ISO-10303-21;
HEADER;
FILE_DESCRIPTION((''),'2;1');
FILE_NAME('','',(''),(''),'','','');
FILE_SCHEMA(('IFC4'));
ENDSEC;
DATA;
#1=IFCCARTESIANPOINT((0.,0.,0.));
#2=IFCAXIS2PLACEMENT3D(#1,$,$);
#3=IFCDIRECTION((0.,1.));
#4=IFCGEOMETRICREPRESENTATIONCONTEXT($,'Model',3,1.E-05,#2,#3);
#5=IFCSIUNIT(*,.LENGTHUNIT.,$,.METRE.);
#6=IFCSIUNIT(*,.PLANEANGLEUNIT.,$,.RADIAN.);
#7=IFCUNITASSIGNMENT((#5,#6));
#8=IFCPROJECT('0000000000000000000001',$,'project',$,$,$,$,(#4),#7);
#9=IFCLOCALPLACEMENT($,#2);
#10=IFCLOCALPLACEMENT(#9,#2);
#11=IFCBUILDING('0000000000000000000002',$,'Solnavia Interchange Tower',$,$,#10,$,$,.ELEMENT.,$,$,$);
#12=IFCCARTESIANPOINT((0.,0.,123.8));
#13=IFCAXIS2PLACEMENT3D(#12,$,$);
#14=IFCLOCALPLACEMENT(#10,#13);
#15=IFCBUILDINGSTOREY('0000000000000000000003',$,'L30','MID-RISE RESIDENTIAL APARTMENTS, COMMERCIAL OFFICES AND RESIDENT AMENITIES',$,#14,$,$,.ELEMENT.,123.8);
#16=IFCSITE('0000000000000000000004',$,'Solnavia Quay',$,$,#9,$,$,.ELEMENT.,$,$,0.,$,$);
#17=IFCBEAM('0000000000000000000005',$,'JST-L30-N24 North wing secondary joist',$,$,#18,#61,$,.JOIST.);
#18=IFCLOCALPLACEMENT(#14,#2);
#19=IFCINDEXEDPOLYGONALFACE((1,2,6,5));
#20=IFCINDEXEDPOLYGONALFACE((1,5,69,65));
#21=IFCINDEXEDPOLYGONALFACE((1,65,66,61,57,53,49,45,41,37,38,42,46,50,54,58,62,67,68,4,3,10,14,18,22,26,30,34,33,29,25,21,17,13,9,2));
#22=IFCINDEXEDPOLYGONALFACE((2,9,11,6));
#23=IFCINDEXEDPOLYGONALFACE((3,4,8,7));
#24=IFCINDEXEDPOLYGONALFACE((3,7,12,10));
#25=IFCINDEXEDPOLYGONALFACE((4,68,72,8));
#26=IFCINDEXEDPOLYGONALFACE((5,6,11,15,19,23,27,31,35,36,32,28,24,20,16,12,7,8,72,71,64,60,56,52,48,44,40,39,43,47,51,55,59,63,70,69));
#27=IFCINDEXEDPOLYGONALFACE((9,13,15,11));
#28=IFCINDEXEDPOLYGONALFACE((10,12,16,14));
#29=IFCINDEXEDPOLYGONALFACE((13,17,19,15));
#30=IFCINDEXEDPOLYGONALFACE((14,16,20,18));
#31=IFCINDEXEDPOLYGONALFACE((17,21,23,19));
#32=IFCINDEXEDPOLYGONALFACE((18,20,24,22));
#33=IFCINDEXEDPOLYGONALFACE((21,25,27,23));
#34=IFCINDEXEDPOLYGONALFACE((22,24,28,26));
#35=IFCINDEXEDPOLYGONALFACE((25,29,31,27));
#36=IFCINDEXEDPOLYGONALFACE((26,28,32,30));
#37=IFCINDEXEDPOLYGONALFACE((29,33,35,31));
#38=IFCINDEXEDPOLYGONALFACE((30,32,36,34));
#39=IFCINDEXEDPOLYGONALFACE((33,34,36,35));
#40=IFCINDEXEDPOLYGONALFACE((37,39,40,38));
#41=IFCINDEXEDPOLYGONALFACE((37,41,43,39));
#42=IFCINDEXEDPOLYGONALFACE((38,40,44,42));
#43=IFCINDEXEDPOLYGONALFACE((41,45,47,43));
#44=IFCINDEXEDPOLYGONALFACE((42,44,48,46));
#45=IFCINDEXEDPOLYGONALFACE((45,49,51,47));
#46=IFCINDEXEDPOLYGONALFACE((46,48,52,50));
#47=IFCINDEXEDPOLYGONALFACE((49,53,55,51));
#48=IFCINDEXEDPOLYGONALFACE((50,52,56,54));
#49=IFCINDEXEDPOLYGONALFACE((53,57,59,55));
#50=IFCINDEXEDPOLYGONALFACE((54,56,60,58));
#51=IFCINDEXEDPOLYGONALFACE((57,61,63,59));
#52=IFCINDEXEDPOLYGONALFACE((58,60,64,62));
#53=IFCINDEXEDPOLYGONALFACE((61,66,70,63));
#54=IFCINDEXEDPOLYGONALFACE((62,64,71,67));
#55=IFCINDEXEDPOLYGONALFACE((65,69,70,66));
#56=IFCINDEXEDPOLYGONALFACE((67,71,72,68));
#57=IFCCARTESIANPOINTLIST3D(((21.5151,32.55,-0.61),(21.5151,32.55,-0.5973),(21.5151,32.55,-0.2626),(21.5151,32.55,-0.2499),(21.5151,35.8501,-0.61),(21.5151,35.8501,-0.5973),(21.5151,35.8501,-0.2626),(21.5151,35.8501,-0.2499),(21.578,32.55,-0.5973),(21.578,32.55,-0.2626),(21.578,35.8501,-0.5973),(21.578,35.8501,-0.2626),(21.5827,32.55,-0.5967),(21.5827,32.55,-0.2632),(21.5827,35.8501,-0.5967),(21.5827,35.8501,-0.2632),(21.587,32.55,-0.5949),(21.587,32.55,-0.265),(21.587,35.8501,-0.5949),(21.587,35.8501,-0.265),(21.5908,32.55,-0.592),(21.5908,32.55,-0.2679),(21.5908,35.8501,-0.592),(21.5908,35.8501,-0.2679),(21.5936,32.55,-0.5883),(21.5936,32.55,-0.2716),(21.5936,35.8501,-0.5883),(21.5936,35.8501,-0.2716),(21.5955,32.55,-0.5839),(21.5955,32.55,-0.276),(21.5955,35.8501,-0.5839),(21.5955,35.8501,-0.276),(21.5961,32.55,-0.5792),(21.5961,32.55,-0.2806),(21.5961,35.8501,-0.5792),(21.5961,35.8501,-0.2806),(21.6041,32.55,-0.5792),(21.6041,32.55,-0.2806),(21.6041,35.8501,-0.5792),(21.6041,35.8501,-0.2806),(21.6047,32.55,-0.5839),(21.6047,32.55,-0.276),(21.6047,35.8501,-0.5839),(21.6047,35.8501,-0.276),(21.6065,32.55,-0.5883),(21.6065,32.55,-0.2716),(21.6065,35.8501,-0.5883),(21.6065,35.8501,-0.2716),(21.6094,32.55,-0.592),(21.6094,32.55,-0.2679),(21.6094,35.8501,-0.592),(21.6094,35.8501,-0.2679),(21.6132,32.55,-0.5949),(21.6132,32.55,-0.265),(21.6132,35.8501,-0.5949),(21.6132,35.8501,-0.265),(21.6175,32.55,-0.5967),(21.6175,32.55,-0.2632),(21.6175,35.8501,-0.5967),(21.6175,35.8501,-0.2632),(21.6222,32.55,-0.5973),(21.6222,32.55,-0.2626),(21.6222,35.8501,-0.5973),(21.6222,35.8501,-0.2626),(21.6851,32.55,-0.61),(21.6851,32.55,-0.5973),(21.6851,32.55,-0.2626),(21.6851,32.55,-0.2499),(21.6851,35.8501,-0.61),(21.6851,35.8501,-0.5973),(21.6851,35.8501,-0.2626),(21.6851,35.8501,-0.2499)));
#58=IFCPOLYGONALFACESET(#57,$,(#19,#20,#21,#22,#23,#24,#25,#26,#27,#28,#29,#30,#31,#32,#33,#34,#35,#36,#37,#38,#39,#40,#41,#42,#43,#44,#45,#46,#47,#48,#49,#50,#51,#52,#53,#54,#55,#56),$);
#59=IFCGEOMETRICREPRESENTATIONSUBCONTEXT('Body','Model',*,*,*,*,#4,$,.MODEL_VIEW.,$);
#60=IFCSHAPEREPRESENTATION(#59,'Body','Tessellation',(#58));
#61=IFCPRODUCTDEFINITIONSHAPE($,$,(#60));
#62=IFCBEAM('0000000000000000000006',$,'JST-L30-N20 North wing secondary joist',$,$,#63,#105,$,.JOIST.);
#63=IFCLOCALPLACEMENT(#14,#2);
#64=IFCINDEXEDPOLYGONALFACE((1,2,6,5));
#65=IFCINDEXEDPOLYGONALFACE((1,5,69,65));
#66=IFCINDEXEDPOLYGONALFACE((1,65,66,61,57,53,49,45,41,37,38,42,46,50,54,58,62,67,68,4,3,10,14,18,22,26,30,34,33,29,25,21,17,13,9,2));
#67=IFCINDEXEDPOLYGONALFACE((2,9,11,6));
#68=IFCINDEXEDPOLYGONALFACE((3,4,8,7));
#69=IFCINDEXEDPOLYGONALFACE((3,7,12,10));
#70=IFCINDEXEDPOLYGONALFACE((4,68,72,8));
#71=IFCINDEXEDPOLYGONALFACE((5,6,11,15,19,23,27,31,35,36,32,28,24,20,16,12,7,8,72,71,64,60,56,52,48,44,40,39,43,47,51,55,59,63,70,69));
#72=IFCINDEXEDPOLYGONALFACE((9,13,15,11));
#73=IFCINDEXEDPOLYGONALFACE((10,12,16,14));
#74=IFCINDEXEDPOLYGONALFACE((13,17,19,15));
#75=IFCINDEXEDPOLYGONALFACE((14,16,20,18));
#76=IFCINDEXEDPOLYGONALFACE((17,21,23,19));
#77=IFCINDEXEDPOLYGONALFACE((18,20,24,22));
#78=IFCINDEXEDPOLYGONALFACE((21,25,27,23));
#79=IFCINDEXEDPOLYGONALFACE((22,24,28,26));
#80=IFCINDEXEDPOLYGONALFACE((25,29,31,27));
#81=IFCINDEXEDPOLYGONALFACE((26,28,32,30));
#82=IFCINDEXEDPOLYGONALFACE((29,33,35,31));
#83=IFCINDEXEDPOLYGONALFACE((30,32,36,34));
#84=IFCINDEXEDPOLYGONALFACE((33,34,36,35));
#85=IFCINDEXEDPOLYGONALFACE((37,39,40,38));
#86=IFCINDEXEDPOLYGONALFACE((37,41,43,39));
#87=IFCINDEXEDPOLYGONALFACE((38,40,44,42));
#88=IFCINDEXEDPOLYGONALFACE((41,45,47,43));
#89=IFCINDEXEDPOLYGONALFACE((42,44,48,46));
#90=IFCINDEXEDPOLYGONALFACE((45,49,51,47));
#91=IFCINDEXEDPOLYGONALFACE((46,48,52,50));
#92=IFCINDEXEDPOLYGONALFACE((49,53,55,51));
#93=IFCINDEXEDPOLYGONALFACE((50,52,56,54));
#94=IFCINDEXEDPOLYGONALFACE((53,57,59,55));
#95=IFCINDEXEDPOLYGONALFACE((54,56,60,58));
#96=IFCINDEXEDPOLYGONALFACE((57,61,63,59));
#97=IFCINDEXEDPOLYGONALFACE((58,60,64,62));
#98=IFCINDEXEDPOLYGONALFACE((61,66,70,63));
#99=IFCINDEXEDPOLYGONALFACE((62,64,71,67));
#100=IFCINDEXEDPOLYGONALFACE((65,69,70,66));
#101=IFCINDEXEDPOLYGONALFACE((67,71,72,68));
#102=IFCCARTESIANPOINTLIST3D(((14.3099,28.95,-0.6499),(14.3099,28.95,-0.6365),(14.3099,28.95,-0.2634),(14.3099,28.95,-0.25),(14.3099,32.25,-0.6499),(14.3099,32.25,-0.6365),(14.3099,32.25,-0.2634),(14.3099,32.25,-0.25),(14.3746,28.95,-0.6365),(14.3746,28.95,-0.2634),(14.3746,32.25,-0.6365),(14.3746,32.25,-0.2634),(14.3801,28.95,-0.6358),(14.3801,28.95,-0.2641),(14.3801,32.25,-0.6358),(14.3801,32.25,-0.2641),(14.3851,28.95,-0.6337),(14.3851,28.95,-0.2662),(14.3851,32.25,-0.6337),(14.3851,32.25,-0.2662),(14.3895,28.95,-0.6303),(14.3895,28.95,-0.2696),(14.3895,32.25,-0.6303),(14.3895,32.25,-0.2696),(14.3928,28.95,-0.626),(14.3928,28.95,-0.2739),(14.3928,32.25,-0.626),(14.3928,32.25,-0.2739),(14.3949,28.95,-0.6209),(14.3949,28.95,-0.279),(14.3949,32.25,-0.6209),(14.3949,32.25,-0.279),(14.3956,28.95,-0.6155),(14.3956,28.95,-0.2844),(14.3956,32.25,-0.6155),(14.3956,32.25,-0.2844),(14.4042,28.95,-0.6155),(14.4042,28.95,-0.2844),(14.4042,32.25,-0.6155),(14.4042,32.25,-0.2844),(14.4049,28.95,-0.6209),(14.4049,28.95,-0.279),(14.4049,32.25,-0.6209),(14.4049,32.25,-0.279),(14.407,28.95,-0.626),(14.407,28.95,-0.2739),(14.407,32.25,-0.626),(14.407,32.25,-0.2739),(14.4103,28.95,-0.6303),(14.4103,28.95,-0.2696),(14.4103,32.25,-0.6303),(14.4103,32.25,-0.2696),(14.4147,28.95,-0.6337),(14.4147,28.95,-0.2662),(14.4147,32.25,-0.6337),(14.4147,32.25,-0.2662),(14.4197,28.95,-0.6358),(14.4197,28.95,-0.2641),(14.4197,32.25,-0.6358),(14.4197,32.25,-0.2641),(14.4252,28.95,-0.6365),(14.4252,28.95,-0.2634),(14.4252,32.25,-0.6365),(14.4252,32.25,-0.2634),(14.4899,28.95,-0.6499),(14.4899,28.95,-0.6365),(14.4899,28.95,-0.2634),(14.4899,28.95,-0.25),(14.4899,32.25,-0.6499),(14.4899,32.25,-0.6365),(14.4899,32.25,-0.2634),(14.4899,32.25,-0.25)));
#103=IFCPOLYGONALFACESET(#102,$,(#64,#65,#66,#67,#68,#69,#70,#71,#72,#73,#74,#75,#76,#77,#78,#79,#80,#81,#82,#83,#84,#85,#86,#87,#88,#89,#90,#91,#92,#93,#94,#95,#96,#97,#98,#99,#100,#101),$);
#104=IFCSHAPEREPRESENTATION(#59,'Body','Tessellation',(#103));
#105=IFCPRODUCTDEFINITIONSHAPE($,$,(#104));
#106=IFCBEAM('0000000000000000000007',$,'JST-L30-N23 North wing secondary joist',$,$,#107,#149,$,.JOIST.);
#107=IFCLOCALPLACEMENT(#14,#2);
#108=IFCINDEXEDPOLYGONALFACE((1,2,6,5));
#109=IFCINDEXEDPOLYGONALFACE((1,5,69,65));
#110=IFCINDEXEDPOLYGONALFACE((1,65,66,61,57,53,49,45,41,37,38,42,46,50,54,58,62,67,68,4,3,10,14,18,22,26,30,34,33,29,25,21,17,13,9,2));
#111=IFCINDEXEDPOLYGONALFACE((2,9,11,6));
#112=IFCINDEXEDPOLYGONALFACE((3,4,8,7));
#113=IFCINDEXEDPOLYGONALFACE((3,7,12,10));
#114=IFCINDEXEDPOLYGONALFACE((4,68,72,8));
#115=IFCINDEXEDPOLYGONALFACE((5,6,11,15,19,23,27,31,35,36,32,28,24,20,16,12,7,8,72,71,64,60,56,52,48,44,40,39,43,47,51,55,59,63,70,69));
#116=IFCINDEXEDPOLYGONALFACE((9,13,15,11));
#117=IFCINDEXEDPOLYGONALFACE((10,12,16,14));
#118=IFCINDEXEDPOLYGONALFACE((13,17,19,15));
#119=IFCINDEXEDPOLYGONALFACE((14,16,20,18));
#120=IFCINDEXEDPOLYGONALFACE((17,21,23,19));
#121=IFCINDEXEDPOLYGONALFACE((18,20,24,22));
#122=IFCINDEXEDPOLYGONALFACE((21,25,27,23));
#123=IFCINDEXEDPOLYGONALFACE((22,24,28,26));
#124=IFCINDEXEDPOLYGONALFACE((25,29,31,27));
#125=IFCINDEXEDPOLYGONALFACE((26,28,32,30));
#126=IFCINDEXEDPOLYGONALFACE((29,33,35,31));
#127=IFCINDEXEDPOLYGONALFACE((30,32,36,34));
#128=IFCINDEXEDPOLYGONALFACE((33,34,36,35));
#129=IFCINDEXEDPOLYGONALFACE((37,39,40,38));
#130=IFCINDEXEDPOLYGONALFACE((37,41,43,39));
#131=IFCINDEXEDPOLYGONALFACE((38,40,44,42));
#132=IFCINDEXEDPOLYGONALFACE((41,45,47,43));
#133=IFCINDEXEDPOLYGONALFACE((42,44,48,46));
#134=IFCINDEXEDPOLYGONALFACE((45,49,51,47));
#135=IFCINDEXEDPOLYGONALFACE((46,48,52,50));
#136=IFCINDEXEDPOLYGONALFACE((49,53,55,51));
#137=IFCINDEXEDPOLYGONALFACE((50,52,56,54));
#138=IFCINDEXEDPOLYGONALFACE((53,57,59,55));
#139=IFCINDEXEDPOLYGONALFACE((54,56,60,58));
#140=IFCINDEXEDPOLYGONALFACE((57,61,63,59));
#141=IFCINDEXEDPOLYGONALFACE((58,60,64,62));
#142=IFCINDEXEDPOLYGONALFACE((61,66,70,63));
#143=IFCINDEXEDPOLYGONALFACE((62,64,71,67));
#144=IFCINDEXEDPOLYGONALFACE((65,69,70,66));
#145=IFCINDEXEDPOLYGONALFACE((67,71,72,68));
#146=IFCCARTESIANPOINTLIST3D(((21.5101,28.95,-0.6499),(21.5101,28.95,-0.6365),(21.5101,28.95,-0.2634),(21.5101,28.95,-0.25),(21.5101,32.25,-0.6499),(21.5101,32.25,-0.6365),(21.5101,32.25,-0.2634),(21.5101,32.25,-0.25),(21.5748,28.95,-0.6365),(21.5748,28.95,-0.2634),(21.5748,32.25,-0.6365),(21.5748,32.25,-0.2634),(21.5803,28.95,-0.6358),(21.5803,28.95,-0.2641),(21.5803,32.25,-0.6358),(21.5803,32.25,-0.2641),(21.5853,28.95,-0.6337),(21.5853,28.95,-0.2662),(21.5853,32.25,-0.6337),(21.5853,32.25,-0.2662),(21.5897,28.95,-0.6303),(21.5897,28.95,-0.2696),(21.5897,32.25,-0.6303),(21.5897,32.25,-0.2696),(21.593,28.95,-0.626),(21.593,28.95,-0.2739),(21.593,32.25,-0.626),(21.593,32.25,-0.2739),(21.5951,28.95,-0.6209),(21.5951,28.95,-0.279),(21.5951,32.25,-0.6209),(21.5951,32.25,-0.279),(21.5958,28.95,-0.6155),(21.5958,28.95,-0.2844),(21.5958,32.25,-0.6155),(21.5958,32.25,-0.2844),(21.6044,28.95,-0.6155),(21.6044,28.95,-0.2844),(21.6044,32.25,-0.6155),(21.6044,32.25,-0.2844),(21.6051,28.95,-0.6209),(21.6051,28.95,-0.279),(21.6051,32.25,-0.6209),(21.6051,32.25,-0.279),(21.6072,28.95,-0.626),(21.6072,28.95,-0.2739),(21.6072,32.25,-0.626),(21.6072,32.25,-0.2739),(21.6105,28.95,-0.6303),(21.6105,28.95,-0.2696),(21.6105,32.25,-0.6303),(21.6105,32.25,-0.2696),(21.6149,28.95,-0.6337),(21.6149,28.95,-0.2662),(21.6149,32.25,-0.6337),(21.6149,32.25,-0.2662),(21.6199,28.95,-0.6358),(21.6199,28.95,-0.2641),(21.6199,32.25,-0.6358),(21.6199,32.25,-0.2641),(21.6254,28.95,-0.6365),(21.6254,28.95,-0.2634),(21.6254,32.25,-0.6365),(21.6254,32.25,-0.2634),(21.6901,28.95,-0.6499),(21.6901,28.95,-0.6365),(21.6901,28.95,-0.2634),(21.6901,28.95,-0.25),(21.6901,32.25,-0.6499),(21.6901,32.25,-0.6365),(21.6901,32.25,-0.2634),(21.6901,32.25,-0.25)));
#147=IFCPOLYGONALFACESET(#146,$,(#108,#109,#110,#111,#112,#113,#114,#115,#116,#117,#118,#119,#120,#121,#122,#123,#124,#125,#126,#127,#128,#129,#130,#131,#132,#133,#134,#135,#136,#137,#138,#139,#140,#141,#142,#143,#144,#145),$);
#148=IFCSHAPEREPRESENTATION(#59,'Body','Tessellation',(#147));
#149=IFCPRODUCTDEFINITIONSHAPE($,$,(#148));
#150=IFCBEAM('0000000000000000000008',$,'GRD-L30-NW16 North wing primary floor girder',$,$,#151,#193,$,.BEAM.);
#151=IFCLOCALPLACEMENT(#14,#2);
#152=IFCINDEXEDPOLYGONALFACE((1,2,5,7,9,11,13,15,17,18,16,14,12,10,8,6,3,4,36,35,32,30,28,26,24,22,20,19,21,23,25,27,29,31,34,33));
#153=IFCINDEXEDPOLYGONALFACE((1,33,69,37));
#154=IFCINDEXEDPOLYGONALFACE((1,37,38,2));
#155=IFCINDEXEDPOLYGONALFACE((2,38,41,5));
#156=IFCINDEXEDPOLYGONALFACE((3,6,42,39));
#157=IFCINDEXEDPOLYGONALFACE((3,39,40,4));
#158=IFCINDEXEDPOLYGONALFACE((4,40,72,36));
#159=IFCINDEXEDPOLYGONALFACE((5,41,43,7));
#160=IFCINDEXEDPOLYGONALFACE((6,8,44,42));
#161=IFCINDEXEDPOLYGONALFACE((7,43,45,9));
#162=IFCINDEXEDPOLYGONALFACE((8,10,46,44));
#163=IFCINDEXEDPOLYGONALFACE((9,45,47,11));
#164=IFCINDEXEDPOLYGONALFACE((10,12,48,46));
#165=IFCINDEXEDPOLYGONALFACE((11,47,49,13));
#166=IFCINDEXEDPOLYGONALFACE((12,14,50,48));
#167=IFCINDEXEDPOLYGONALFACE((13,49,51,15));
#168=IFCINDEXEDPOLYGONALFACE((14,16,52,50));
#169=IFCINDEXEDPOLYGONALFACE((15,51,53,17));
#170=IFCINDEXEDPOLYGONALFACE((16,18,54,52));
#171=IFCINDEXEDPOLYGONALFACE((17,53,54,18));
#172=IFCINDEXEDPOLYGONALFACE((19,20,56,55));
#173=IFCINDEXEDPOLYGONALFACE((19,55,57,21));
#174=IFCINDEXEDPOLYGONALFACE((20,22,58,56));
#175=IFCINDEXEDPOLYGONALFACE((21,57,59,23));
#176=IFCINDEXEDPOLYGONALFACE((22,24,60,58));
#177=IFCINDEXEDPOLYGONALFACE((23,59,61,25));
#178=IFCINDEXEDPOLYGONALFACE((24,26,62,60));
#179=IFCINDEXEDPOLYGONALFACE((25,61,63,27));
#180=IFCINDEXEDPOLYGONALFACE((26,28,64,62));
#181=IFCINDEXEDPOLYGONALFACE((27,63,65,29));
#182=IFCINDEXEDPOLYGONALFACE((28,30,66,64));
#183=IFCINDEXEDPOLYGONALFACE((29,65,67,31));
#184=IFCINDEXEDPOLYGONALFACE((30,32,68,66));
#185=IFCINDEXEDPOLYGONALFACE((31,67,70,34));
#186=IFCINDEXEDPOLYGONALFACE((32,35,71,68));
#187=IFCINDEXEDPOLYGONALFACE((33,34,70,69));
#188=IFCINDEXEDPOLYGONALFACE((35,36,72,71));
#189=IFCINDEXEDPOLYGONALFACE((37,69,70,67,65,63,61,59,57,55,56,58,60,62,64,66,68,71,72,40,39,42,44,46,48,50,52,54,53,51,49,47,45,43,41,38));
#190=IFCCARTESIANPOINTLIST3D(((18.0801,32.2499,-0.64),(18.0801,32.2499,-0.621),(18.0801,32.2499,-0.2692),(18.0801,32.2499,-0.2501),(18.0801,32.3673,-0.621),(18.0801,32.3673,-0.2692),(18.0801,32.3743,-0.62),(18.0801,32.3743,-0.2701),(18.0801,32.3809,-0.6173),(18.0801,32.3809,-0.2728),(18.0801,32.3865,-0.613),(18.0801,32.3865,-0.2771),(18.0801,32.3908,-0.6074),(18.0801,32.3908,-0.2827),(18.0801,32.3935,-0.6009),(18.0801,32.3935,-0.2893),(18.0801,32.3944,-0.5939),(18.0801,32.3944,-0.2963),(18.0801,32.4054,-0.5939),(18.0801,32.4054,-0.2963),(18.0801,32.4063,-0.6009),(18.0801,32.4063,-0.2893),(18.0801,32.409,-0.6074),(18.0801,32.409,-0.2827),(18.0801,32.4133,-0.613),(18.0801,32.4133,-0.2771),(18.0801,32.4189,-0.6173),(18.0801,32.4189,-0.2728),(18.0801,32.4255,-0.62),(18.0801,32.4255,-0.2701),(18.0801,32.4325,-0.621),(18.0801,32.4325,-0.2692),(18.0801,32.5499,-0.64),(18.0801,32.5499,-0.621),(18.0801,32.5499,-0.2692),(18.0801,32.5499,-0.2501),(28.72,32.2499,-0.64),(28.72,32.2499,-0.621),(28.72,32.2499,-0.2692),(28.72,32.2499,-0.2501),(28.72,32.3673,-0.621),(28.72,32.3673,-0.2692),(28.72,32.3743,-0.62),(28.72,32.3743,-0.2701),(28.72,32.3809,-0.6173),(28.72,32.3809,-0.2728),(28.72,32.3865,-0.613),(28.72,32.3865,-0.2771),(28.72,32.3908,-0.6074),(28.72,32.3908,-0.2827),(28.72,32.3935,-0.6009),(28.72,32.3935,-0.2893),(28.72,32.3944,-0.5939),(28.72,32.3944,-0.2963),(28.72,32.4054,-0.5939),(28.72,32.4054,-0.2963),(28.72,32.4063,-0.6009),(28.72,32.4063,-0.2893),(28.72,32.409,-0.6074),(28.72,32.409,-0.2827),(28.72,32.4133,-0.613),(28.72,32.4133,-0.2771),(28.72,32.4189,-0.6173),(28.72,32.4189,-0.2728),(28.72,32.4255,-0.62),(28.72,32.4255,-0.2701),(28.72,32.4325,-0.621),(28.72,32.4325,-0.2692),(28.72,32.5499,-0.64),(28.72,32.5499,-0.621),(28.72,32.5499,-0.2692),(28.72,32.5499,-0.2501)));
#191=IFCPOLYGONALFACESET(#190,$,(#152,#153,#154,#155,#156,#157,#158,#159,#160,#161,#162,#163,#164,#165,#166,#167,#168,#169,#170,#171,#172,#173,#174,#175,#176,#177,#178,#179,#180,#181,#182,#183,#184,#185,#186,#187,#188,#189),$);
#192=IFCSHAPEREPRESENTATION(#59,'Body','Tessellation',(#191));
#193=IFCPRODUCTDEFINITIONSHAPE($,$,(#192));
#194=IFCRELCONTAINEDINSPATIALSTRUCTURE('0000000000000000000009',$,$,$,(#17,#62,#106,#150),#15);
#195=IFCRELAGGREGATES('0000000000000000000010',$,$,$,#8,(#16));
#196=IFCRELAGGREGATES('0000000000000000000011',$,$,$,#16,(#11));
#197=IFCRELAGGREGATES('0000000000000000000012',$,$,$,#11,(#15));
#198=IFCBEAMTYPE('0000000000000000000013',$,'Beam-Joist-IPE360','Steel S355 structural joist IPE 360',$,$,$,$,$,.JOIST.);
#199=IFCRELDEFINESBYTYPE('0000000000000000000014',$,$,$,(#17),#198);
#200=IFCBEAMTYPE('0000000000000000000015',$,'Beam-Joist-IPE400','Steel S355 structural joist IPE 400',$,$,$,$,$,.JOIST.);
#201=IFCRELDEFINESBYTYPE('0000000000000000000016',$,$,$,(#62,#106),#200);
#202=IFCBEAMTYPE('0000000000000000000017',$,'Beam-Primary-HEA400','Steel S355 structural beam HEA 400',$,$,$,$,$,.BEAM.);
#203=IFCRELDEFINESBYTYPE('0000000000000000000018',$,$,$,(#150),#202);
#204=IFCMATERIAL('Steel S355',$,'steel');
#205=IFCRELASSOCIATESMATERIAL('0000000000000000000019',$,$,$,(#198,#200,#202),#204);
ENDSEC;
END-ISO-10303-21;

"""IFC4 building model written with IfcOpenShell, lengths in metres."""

from ifc_helpers import new_model, si_unit, direction, frame, origin, origin_2d, place, context, subcontext, project, spatial, i_section, extrude, material, material_profile, profile_set, type_object, element, save


model = new_model("IFC4")

# Units and contexts
model_context = context("Model", 3, precision=1e-05, world=origin(), true_north=direction((0.0, 1.0)))
body_context = subcontext(model_context, "Body", "Model", "MODEL_VIEW")
ifc_project = project(units=[si_unit("LENGTHUNIT", "METRE"), si_unit("PLANEANGLEUNIT", "RADIAN")], contexts=[model_context])

# Site, building, storey
site_placement = place(None, origin())
site = spatial("IfcSite", under=ifc_project, at=site_placement, Name="Solnavia Quay", CompositionType="ELEMENT", RefElevation=0.0)
building_placement = place(site_placement, origin())
building = spatial("IfcBuilding", under=site, at=building_placement, Name="Solnavia Interchange Tower", CompositionType="ELEMENT")
storey_placement = place(building_placement, frame((0.0, 0.0, 123.8)))
storey = spatial("IfcBuildingStorey", under=building, at=storey_placement, Name="L30", Description="MID-RISE RESIDENTIAL APARTMENTS, COMMERCIAL OFFICES AND RESIDENT AMENITIES", CompositionType="ELEMENT", Elevation=123.8)

# Shared definitions
ifc_material_1 = material(Name="Steel S355", Category="steel")

# Beams
ifc_material_profile_1 = material_profile(ifc_material_1, i_section(OverallWidth=0.1699, OverallDepth=0.3601, WebThickness=0.0081, FlangeThickness=0.0127, FilletRadius=0.0181, at=origin_2d()), Name="IPE 360")
ifc_profile_set_1 = profile_set([ifc_material_profile_1], Name="Steel S355")
beam_type_1 = type_object("IfcBeamType", Name="Beam-Joist-IPE360", Description="Steel S355 structural joist IPE 360", PredefinedType="JOIST", material=ifc_profile_set_1)
for number, where, z_axis, x_axis, name in (
    (1, (21.6001, 32.55, -0.4299), (0.0, 1.0, 0.0), (-1.0, 0.0, 0.0), "JST-L30-N24 North wing secondary joist"),
):
    element("IfcBeam", number, at=place(storey_placement, frame(where, z_axis=z_axis, x_axis=x_axis)), inside=storey, type_object=beam_type_1, Name=name, PredefinedType="JOIST", context=body_context, shape_type="SweptSolid", body=[
        extrude(i_section(OverallWidth=0.1699, OverallDepth=0.3601, WebThickness=0.0081, FlangeThickness=0.0127, FilletRadius=0.0181, at=origin_2d()), origin(), (0.0, 0.0, 1.0), 3.3),
    ])
ifc_material_profile_2 = material_profile(ifc_material_1, i_section(OverallWidth=0.1799, OverallDepth=0.3999, WebThickness=0.0085, FlangeThickness=0.0134, FilletRadius=0.021, at=origin_2d()), Name="IPE 400")
ifc_profile_set_2 = profile_set([ifc_material_profile_2], Name="Steel S355")
beam_type_2 = type_object("IfcBeamType", Name="Beam-Joist-IPE400", Description="Steel S355 structural joist IPE 400", PredefinedType="JOIST", material=ifc_profile_set_2)
for number, where, z_axis, x_axis, name in (
    (2, (14.3999, 28.95, -0.45), (0.0, 1.0, 0.0), (-1.0, 0.0, 0.0), "JST-L30-N20 North wing secondary joist"),
    (3, (21.6001, 28.95, -0.45), (0.0, 1.0, 0.0), (-1.0, 0.0, 0.0), "JST-L30-N23 North wing secondary joist"),
):
    element("IfcBeam", number, at=place(storey_placement, frame(where, z_axis=z_axis, x_axis=x_axis)), inside=storey, type_object=beam_type_2, Name=name, PredefinedType="JOIST", context=body_context, shape_type="SweptSolid", body=[
        extrude(i_section(OverallWidth=0.1799, OverallDepth=0.3999, WebThickness=0.0085, FlangeThickness=0.0134, FilletRadius=0.021, at=origin_2d()), origin(), (0.0, 0.0, 1.0), 3.3),
    ])
ifc_material_profile_3 = material_profile(ifc_material_1, i_section(OverallWidth=0.3, OverallDepth=0.3899, WebThickness=0.011, FlangeThickness=0.019, FilletRadius=0.0271, at=origin_2d()), Name="HEA 400")
ifc_profile_set_3 = profile_set([ifc_material_profile_3], Name="Steel S355")
beam_type_3 = type_object("IfcBeamType", Name="Beam-Primary-HEA400", Description="Steel S355 structural beam HEA 400", PredefinedType="BEAM", material=ifc_profile_set_3)
beam_placement = place(storey_placement, frame((18.0801, 32.3999, -0.4451), z_axis=(1.0, 0.0, 0.0), x_axis=(0.0, 1.0, 0.0)))
element("IfcBeam", 4, at=beam_placement, inside=storey, type_object=beam_type_3, Name="GRD-L30-NW16 North wing primary floor girder", PredefinedType="BEAM", context=body_context, shape_type="SweptSolid", body=[
    extrude(i_section(OverallWidth=0.3, OverallDepth=0.3899, WebThickness=0.011, FlangeThickness=0.019, FilletRadius=0.0271, at=origin_2d()), origin(), (0.0, 0.0, 1.0), 10.6399),
])

save(model, "model.ifc")
